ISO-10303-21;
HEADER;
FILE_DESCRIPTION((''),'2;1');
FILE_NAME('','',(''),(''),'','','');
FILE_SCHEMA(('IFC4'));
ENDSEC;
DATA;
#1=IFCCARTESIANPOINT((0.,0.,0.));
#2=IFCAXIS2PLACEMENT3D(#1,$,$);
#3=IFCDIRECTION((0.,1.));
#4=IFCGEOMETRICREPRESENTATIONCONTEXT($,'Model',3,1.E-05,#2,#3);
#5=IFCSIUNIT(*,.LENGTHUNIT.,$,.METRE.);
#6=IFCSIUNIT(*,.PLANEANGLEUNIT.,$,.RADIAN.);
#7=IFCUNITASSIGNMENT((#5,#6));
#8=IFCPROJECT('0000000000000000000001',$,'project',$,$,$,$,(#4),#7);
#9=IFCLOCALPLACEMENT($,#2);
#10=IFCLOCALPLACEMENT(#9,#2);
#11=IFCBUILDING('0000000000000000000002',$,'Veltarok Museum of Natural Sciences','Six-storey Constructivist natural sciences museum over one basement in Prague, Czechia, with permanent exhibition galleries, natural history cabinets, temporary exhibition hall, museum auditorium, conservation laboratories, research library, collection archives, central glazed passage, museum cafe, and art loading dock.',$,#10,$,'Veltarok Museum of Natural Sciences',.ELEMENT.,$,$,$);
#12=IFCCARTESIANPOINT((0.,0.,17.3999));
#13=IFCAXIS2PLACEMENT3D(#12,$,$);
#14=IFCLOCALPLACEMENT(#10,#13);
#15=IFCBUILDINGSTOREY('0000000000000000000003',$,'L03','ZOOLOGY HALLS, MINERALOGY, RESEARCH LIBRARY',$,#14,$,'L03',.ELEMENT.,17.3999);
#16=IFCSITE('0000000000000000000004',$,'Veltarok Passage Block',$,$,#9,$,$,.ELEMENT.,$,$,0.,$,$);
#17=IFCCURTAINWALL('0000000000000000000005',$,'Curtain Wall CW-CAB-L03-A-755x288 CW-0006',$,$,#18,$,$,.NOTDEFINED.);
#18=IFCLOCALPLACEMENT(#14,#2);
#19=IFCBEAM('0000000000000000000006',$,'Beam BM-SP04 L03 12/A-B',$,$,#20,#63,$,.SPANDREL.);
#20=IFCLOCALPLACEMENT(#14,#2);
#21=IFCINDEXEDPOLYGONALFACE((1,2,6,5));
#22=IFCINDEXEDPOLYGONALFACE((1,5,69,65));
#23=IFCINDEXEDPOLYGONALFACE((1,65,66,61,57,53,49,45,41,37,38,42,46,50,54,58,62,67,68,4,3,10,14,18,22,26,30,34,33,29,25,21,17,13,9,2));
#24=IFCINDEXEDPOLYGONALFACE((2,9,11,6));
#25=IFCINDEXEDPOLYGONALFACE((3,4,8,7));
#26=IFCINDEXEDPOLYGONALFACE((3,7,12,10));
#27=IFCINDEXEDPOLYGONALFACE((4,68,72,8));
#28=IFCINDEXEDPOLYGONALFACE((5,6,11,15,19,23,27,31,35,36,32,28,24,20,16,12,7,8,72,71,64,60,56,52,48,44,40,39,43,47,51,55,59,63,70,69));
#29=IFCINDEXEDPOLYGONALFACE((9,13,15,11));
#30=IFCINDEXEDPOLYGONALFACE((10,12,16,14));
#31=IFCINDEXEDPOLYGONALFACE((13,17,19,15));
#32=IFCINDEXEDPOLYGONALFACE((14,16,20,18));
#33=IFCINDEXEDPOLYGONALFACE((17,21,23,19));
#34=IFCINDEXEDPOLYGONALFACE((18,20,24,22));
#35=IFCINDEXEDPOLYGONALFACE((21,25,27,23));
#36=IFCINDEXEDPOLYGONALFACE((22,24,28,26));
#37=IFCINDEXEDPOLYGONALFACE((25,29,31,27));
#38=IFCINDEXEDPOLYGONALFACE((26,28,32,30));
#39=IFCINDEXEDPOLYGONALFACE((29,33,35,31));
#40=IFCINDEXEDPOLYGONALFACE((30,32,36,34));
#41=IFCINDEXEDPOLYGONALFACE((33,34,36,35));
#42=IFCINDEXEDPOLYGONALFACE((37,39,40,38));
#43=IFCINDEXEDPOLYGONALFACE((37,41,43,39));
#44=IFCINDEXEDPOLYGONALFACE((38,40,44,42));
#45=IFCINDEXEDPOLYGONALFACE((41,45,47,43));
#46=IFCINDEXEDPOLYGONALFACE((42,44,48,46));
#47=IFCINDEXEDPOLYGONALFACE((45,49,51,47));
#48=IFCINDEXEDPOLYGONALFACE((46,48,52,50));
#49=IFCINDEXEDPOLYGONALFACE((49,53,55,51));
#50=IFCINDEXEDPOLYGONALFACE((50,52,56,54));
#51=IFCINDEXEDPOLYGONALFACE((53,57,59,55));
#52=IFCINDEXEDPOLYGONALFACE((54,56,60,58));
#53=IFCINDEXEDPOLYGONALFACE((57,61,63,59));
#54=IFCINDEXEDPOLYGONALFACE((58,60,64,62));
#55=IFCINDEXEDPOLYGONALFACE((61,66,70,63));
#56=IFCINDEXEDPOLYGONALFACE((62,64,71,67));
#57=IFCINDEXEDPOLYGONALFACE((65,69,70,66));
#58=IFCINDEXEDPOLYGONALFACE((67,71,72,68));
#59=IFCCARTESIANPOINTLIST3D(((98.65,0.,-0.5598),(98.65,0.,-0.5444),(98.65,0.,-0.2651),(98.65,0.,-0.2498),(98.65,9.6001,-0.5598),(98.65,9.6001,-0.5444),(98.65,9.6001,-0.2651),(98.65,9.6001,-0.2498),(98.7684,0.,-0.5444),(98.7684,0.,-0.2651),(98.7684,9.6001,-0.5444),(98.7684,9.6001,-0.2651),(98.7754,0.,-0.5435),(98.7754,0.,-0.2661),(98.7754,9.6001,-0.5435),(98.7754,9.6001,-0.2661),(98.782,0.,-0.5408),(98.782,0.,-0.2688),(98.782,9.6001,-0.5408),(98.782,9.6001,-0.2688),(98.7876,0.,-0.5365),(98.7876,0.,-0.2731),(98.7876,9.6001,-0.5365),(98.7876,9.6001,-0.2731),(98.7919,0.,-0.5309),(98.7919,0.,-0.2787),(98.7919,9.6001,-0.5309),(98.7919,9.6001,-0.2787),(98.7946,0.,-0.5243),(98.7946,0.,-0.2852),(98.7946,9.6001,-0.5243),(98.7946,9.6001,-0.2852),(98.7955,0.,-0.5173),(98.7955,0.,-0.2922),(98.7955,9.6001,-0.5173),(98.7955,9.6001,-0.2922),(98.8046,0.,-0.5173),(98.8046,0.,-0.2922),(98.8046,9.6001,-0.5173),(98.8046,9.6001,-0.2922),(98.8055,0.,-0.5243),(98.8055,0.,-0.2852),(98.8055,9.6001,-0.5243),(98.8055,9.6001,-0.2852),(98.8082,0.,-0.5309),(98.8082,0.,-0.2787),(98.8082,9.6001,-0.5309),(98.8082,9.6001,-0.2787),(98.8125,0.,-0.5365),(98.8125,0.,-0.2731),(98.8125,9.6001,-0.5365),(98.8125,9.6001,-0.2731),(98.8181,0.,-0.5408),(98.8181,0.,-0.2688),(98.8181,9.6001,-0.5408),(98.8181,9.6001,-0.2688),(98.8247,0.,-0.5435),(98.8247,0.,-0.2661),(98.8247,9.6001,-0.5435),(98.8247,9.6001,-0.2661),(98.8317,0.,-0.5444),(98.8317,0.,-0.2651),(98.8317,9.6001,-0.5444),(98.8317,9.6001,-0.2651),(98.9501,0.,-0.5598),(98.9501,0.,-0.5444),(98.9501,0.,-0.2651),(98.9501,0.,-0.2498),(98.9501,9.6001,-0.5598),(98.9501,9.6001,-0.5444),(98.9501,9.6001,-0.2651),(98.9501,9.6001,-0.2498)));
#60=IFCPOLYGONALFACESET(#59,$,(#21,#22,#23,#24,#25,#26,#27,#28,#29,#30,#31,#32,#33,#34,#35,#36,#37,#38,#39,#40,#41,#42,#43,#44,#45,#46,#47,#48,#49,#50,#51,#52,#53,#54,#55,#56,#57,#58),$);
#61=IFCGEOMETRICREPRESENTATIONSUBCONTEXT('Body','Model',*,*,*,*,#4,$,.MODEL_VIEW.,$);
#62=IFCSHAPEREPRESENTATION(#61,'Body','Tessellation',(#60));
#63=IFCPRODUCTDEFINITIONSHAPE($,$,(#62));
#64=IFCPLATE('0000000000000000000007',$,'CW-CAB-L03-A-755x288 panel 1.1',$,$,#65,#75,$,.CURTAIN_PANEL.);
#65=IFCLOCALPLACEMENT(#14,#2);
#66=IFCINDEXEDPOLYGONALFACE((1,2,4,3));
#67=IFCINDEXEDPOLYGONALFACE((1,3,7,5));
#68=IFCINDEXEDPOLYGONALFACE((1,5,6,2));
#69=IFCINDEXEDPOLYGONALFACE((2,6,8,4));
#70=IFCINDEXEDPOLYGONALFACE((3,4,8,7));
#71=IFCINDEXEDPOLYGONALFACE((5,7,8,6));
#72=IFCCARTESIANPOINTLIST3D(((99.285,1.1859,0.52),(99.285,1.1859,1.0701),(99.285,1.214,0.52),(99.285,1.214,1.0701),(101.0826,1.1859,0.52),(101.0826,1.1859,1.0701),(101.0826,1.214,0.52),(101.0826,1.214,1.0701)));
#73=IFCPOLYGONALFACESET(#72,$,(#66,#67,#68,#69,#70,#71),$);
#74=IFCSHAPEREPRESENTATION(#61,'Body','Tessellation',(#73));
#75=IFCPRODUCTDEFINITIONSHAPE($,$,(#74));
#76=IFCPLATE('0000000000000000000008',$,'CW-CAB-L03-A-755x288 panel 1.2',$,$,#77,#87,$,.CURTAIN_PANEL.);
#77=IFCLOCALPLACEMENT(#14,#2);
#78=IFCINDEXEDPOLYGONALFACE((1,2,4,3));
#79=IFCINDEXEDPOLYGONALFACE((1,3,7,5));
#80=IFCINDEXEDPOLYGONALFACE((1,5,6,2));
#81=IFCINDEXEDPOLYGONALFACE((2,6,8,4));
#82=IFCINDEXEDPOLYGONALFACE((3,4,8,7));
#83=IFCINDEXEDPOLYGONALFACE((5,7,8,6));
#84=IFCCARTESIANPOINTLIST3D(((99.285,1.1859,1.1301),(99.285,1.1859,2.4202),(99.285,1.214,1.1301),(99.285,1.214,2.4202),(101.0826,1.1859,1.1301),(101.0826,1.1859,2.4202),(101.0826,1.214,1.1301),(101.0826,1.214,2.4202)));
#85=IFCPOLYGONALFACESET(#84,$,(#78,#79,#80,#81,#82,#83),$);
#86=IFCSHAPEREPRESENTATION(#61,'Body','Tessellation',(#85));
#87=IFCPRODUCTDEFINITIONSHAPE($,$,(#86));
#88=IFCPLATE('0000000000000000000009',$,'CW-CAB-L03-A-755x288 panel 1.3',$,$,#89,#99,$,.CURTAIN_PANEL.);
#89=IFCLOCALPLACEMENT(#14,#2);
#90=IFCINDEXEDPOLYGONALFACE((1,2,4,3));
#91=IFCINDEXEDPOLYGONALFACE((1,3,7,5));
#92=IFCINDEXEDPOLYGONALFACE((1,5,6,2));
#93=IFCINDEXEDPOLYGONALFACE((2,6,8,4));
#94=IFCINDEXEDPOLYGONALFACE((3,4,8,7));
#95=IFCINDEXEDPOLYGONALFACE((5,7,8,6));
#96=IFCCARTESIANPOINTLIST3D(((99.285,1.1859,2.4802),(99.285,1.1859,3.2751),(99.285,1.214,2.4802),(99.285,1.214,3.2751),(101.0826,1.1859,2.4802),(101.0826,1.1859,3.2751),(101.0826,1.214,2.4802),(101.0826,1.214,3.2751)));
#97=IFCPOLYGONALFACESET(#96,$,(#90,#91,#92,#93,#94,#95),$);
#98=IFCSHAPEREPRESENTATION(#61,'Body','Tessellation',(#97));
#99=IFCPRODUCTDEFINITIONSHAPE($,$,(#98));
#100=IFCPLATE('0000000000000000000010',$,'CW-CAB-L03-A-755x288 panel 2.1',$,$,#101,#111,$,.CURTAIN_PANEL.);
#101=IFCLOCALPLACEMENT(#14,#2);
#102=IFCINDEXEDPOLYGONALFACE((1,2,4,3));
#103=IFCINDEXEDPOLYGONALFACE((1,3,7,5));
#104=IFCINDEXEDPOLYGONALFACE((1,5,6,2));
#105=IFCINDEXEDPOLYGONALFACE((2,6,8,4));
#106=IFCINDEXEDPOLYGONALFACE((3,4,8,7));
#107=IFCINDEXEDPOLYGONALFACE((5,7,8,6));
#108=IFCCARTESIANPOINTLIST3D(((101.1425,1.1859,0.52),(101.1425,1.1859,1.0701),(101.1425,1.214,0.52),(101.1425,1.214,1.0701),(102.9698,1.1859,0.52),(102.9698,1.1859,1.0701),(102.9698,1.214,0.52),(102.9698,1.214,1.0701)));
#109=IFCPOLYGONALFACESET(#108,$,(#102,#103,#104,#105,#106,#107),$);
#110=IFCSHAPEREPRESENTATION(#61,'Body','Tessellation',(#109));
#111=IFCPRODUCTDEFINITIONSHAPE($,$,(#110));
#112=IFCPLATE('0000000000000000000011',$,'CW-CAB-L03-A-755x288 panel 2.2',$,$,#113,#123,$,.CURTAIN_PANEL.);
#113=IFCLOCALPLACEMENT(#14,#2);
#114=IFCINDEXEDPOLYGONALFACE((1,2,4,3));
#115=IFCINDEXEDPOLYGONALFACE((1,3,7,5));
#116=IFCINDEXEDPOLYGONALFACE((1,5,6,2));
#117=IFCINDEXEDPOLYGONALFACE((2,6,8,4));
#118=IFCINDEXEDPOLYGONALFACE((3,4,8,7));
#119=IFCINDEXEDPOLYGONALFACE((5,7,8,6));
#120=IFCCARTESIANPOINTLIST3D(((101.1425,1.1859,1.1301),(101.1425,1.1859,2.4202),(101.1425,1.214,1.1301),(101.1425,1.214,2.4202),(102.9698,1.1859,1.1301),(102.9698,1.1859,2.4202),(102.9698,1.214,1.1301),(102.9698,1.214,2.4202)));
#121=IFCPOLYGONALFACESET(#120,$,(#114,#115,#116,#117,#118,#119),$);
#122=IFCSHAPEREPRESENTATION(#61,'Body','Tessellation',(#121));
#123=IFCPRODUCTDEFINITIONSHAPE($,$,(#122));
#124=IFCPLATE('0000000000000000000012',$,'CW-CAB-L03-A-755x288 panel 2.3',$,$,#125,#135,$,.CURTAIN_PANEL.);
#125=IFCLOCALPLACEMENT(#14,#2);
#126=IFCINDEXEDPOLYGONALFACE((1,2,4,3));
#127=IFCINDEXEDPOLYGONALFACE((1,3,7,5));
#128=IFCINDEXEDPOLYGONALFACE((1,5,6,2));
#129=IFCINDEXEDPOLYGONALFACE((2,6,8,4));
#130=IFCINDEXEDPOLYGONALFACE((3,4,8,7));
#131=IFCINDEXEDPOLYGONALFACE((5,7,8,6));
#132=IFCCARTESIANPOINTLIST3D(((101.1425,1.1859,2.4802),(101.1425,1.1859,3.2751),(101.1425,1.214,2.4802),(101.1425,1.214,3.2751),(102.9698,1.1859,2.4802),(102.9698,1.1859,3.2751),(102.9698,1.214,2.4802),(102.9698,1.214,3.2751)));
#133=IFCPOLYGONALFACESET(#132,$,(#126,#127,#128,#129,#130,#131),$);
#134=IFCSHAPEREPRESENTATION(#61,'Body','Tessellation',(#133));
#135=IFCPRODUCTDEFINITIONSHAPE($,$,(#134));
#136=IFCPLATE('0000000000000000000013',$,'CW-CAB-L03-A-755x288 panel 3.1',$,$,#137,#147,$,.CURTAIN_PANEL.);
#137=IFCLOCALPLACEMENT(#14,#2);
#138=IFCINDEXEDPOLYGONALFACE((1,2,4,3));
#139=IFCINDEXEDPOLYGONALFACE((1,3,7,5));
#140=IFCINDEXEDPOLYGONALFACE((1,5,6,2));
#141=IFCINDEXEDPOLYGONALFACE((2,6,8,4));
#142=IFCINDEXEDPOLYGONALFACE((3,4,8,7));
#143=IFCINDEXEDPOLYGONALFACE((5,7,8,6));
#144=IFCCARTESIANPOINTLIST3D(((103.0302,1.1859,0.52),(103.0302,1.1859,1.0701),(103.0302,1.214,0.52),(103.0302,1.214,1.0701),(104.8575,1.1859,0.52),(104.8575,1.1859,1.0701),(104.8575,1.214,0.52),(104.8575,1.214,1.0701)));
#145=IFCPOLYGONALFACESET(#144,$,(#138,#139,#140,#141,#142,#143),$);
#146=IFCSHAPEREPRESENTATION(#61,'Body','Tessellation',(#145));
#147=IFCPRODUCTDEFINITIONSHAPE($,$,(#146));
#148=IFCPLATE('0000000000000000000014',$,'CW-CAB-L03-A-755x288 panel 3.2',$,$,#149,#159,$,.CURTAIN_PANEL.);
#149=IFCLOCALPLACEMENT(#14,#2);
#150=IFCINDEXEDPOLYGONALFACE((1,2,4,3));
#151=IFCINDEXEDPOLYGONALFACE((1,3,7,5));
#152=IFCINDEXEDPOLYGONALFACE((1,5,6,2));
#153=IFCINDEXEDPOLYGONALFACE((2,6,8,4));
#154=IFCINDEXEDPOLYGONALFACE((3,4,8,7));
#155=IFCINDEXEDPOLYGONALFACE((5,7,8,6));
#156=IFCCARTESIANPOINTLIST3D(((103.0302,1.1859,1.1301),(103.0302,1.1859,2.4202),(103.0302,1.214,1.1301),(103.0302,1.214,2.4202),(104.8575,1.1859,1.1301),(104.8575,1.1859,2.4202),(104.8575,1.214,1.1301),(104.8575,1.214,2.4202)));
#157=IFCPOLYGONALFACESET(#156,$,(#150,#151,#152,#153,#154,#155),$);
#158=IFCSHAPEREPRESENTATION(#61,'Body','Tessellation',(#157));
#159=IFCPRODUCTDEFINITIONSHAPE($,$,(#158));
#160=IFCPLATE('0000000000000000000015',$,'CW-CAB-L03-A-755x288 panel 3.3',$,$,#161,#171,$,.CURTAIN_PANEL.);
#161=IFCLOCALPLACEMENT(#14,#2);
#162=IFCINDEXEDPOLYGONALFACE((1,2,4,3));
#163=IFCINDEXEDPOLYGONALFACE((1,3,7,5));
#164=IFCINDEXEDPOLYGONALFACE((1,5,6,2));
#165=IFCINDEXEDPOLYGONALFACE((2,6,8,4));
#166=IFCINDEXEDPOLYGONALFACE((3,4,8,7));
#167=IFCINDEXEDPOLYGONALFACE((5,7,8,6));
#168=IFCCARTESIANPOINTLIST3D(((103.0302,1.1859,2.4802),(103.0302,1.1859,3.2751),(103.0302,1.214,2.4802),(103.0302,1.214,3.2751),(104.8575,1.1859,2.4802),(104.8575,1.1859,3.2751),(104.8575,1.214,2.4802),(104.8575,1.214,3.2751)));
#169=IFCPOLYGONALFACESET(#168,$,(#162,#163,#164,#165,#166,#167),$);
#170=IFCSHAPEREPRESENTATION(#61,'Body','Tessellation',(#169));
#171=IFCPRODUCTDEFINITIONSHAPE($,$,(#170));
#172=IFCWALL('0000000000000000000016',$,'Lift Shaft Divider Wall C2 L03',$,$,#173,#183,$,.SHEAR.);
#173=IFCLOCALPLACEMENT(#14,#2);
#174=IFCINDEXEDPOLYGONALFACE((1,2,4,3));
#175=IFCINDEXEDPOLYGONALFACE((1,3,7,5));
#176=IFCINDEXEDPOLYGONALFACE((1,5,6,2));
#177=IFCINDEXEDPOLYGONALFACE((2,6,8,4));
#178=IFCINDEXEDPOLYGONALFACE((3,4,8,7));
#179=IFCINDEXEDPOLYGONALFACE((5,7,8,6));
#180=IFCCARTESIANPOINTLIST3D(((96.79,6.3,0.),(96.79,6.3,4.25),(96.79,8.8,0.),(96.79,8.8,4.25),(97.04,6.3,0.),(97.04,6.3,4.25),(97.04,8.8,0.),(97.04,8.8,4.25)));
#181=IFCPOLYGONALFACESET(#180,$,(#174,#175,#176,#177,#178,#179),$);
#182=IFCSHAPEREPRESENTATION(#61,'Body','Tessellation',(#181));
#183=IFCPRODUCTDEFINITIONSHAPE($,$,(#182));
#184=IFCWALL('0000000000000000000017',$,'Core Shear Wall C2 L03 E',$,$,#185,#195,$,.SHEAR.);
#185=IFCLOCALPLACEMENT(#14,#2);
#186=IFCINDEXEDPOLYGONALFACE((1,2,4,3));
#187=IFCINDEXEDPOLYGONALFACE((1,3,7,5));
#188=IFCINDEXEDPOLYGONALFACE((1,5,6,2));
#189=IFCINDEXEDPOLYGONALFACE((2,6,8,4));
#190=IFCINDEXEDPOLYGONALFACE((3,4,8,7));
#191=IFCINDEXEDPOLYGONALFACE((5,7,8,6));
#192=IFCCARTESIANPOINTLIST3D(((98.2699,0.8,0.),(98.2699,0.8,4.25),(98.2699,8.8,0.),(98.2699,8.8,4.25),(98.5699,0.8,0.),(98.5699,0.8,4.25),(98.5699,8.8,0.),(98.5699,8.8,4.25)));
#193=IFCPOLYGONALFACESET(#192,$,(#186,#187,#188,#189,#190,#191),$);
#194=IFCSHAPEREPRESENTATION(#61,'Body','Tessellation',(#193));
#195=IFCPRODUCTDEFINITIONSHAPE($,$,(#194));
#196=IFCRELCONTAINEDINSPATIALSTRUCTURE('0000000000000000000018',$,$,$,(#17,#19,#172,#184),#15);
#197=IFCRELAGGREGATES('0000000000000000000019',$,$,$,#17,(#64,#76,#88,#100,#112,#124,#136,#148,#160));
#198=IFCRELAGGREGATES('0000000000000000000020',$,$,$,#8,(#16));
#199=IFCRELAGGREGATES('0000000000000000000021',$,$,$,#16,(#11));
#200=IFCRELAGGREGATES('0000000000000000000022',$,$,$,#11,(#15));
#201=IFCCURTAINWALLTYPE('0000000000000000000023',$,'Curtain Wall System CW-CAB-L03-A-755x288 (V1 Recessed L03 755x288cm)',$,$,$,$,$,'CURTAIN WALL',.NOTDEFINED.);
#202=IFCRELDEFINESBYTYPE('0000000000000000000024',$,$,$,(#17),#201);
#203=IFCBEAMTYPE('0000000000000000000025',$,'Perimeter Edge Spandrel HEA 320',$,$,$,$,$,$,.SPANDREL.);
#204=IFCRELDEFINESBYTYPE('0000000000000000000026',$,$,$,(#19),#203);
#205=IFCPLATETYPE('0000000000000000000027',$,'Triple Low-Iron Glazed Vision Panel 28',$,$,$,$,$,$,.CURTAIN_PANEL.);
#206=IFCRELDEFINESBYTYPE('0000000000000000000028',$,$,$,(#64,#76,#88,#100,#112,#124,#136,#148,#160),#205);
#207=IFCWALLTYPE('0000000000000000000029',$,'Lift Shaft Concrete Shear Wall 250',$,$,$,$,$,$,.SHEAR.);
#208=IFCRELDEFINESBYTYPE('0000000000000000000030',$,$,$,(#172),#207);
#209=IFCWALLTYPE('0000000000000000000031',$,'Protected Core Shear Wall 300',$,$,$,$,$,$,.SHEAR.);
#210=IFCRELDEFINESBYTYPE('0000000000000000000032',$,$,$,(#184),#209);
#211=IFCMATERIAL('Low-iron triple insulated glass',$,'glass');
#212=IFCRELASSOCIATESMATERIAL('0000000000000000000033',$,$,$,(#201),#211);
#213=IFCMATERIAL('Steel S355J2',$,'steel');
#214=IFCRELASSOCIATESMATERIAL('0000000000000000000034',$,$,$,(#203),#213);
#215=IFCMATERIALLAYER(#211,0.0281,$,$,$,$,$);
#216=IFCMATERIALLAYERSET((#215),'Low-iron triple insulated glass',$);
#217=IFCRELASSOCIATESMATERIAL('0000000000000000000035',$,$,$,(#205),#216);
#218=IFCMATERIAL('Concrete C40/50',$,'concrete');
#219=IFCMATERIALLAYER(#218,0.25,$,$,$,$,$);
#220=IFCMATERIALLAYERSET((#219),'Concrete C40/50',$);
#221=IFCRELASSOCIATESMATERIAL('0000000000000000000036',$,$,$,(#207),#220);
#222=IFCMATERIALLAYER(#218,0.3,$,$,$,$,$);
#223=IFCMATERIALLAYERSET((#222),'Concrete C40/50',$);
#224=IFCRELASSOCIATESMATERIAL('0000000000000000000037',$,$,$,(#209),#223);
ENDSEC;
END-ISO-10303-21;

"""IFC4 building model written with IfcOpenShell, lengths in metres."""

from ifc_helpers import new_model, si_unit, direction, frame, frame_2d, origin, origin_2d, place, context, subcontext, project, spatial, rectangle, i_section, extrude, material, layer, layer_set, material_profile, profile_set, type_object, element, aggregate, save


model = new_model("IFC4")

# Units and contexts
model_context = context("Model", 3, precision=1e-05, world=origin(), true_north=direction((0.0, 1.0)))
body_context = subcontext(model_context, "Body", "Model", "MODEL_VIEW")
ifc_project = project(units=[si_unit("LENGTHUNIT", "METRE"), si_unit("PLANEANGLEUNIT", "RADIAN")], contexts=[model_context])

# Site, building, storey
site_placement = place(None, origin())
site = spatial("IfcSite", under=ifc_project, at=site_placement, Name="Veltarok Passage Block", CompositionType="ELEMENT", RefElevation=0.0)
building_placement = place(site_placement, origin())
building = spatial("IfcBuilding", under=site, at=building_placement, Name="Veltarok Museum of Natural Sciences", Description="Six-storey Constructivist natural sciences museum over one basement in Prague, Czechia, with permanent exhibition galleries, natural history cabinets, temporary exhibition hall, museum auditorium, conservation laboratories, research library, collection archives, central glazed passage, museum cafe, and art loading dock.", LongName="Veltarok Museum of Natural Sciences", CompositionType="ELEMENT")
storey_placement = place(building_placement, frame((0.0, 0.0, 17.3999)))
storey = spatial("IfcBuildingStorey", under=building, at=storey_placement, Name="L03", Description="ZOOLOGY HALLS, MINERALOGY, RESEARCH LIBRARY", LongName="L03", CompositionType="ELEMENT", Elevation=17.3999)

# Shared definitions
ifc_material_1 = material(Name="Concrete C40/50", Category="concrete")

# Curtain wall
ifc_material_2 = material(Name="Low-iron triple insulated glass", Category="glass")
curtain_wall_type = type_object("IfcCurtainWallType", Name="Curtain Wall System CW-CAB-L03-A-755x288 (V1 Recessed L03 755x288cm)", ElementType="CURTAIN WALL", PredefinedType="NOTDEFINED", material=ifc_material_2)
curtain_wall_placement = place(storey_placement, origin())
curtain_wall = element("IfcCurtainWall", 1, at=curtain_wall_placement, inside=storey, type_object=curtain_wall_type, Name="Curtain Wall CW-CAB-L03-A-755x288 CW-0006", PredefinedType="NOTDEFINED")

# Beam
ifc_material_3 = material(Name="Steel S355J2", Category="steel")
ifc_material_profile_1 = material_profile(ifc_material_3, i_section(OverallWidth=0.3, OverallDepth=0.3101, WebThickness=0.009, FlangeThickness=0.0154, FilletRadius=0.0271, at=origin_2d()), Name="HEA 320")
ifc_profile_set_1 = profile_set([ifc_material_profile_1], Name="Steel S355J2")
beam_type_1 = type_object("IfcBeamType", Name="Perimeter Edge Spandrel HEA 320", PredefinedType="SPANDREL", material=ifc_profile_set_1)
beam_1_placement = place(storey_placement, frame((98.8, 0.0, -0.4048), z_axis=(0.0, 1.0, 0.0), x_axis=(-1.0, 0.0, 0.0)))
element("IfcBeam", 2, at=beam_1_placement, inside=storey, type_object=beam_type_1, Name="Beam BM-SP04 L03 12/A-B", PredefinedType="SPANDREL", context=body_context, shape_type="SweptSolid", body=[
    extrude(i_section(OverallWidth=0.3, OverallDepth=0.3101, WebThickness=0.009, FlangeThickness=0.0154, FilletRadius=0.0271, at=origin_2d()), origin(), (0.0, 0.0, 1.0), 9.6001),
])

# Plates
ifc_layer_1 = layer(ifc_material_2, 0.0281)
ifc_layer_set_1 = layer_set([ifc_layer_1], Name="Low-iron triple insulated glass")
plate_type = type_object("IfcPlateType", Name="Triple Low-Iron Glazed Vision Panel 28", PredefinedType="CURTAIN_PANEL", material=ifc_layer_set_1)
plate_1_placement = place(storey_placement, frame((100.1838, 1.2, 0.52), z_axis=(0.0, 0.0, 1.0), x_axis=(1.0, 0.0, 0.0)))
plate_1 = element("IfcPlate", 3, at=plate_1_placement, type_object=plate_type, Name="CW-CAB-L03-A-755x288 panel 1.1", PredefinedType="CURTAIN_PANEL", context=body_context, shape_type="SweptSolid", body=[
    extrude(rectangle(XDim=1.7976, YDim=0.0281, at=origin_2d()), origin(), (0.0, 0.0, 1.0), 0.55),
])
plate_2_placement = place(storey_placement, frame((100.1838, 1.2, 1.1301), z_axis=(0.0, 0.0, 1.0), x_axis=(1.0, 0.0, 0.0)))
plate_2 = element("IfcPlate", 4, at=plate_2_placement, type_object=plate_type, Name="CW-CAB-L03-A-755x288 panel 1.2", PredefinedType="CURTAIN_PANEL", context=body_context, shape_type="SweptSolid", body=[
    extrude(rectangle(XDim=1.7976, YDim=0.0281, at=origin_2d()), origin(), (0.0, 0.0, 1.0), 1.29),
])
plate_3_placement = place(storey_placement, frame((100.1838, 1.2, 2.4802), z_axis=(0.0, 0.0, 1.0), x_axis=(1.0, 0.0, 0.0)))
plate_3 = element("IfcPlate", 5, at=plate_3_placement, type_object=plate_type, Name="CW-CAB-L03-A-755x288 panel 1.3", PredefinedType="CURTAIN_PANEL", context=body_context, shape_type="SweptSolid", body=[
    extrude(rectangle(XDim=1.7976, YDim=0.0281, at=origin_2d()), origin(), (0.0, 0.0, 1.0), 0.7949),
])
plate_4_placement = place(storey_placement, frame((102.0562, 1.2, 0.52), z_axis=(0.0, 0.0, 1.0), x_axis=(1.0, 0.0, 0.0)))
plate_4 = element("IfcPlate", 6, at=plate_4_placement, type_object=plate_type, Name="CW-CAB-L03-A-755x288 panel 2.1", PredefinedType="CURTAIN_PANEL", context=body_context, shape_type="SweptSolid", body=[
    extrude(rectangle(XDim=1.8274, YDim=0.0281, at=origin_2d()), origin(), (0.0, 0.0, 1.0), 0.55),
])
plate_5_placement = place(storey_placement, frame((102.0562, 1.2, 1.1301), z_axis=(0.0, 0.0, 1.0), x_axis=(1.0, 0.0, 0.0)))
plate_5 = element("IfcPlate", 7, at=plate_5_placement, type_object=plate_type, Name="CW-CAB-L03-A-755x288 panel 2.2", PredefinedType="CURTAIN_PANEL", context=body_context, shape_type="SweptSolid", body=[
    extrude(rectangle(XDim=1.8274, YDim=0.0281, at=origin_2d()), origin(), (0.0, 0.0, 1.0), 1.29),
])
plate_6_placement = place(storey_placement, frame((102.0562, 1.2, 2.4802), z_axis=(0.0, 0.0, 1.0), x_axis=(1.0, 0.0, 0.0)))
plate_6 = element("IfcPlate", 8, at=plate_6_placement, type_object=plate_type, Name="CW-CAB-L03-A-755x288 panel 2.3", PredefinedType="CURTAIN_PANEL", context=body_context, shape_type="SweptSolid", body=[
    extrude(rectangle(XDim=1.8274, YDim=0.0281, at=origin_2d()), origin(), (0.0, 0.0, 1.0), 0.7949),
])
plate_7_placement = place(storey_placement, frame((103.9438, 1.2, 0.52), z_axis=(0.0, 0.0, 1.0), x_axis=(1.0, 0.0, 0.0)))
plate_7 = element("IfcPlate", 9, at=plate_7_placement, type_object=plate_type, Name="CW-CAB-L03-A-755x288 panel 3.1", PredefinedType="CURTAIN_PANEL", context=body_context, shape_type="SweptSolid", body=[
    extrude(rectangle(XDim=1.8274, YDim=0.0281, at=origin_2d()), origin(), (0.0, 0.0, 1.0), 0.55),
])
plate_8_placement = place(storey_placement, frame((103.9438, 1.2, 1.1301), z_axis=(0.0, 0.0, 1.0), x_axis=(1.0, 0.0, 0.0)))
plate_8 = element("IfcPlate", 10, at=plate_8_placement, type_object=plate_type, Name="CW-CAB-L03-A-755x288 panel 3.2", PredefinedType="CURTAIN_PANEL", context=body_context, shape_type="SweptSolid", body=[
    extrude(rectangle(XDim=1.8274, YDim=0.0281, at=origin_2d()), origin(), (0.0, 0.0, 1.0), 1.29),
])
plate_9_placement = place(storey_placement, frame((103.9438, 1.2, 2.4802), z_axis=(0.0, 0.0, 1.0), x_axis=(1.0, 0.0, 0.0)))
plate_9 = element("IfcPlate", 11, at=plate_9_placement, type_object=plate_type, Name="CW-CAB-L03-A-755x288 panel 3.3", PredefinedType="CURTAIN_PANEL", context=body_context, shape_type="SweptSolid", body=[
    extrude(rectangle(XDim=1.8274, YDim=0.0281, at=origin_2d()), origin(), (0.0, 0.0, 1.0), 0.7949),
])
aggregate(curtain_wall, [plate_1, plate_2, plate_3, plate_4, plate_5, plate_6, plate_7, plate_8, plate_9])

# Walls
ifc_layer_2 = layer(ifc_material_1, 0.25)
ifc_layer_set_2 = layer_set([ifc_layer_2], Name="Concrete C40/50")
wall_type_1 = type_object("IfcWallType", Name="Lift Shaft Concrete Shear Wall 250", PredefinedType="SHEAR", material=ifc_layer_set_2)
wall_1_placement = place(storey_placement, frame((96.915, 6.3, 0.0), z_axis=(0.0, 0.0, 1.0), x_axis=(0.0, 1.0, 0.0)))
element("IfcWall", 12, at=wall_1_placement, inside=storey, type_object=wall_type_1, Name="Lift Shaft Divider Wall C2 L03", PredefinedType="SHEAR", context=body_context, shape_type="SweptSolid", body=[
    extrude(rectangle(XDim=2.5, YDim=0.25, at=frame_2d((1.25, 0.0))), origin(), (0.0, 0.0, 1.0), 4.25),
])
ifc_layer_3 = layer(ifc_material_1, 0.3)
ifc_layer_set_3 = layer_set([ifc_layer_3], Name="Concrete C40/50")
wall_type_2 = type_object("IfcWallType", Name="Protected Core Shear Wall 300", PredefinedType="SHEAR", material=ifc_layer_set_3)
wall_2_placement = place(storey_placement, frame((98.4199, 0.8, 0.0), z_axis=(0.0, 0.0, 1.0), x_axis=(0.0, 1.0, 0.0)))
element("IfcWall", 13, at=wall_2_placement, inside=storey, type_object=wall_type_2, Name="Core Shear Wall C2 L03 E", PredefinedType="SHEAR", context=body_context, shape_type="SweptSolid", body=[
    extrude(rectangle(XDim=8.0, YDim=0.3, at=frame_2d((4.0, 0.0))), origin(), (0.0, 0.0, 1.0), 4.25),
])

save(model, "model.ifc")
